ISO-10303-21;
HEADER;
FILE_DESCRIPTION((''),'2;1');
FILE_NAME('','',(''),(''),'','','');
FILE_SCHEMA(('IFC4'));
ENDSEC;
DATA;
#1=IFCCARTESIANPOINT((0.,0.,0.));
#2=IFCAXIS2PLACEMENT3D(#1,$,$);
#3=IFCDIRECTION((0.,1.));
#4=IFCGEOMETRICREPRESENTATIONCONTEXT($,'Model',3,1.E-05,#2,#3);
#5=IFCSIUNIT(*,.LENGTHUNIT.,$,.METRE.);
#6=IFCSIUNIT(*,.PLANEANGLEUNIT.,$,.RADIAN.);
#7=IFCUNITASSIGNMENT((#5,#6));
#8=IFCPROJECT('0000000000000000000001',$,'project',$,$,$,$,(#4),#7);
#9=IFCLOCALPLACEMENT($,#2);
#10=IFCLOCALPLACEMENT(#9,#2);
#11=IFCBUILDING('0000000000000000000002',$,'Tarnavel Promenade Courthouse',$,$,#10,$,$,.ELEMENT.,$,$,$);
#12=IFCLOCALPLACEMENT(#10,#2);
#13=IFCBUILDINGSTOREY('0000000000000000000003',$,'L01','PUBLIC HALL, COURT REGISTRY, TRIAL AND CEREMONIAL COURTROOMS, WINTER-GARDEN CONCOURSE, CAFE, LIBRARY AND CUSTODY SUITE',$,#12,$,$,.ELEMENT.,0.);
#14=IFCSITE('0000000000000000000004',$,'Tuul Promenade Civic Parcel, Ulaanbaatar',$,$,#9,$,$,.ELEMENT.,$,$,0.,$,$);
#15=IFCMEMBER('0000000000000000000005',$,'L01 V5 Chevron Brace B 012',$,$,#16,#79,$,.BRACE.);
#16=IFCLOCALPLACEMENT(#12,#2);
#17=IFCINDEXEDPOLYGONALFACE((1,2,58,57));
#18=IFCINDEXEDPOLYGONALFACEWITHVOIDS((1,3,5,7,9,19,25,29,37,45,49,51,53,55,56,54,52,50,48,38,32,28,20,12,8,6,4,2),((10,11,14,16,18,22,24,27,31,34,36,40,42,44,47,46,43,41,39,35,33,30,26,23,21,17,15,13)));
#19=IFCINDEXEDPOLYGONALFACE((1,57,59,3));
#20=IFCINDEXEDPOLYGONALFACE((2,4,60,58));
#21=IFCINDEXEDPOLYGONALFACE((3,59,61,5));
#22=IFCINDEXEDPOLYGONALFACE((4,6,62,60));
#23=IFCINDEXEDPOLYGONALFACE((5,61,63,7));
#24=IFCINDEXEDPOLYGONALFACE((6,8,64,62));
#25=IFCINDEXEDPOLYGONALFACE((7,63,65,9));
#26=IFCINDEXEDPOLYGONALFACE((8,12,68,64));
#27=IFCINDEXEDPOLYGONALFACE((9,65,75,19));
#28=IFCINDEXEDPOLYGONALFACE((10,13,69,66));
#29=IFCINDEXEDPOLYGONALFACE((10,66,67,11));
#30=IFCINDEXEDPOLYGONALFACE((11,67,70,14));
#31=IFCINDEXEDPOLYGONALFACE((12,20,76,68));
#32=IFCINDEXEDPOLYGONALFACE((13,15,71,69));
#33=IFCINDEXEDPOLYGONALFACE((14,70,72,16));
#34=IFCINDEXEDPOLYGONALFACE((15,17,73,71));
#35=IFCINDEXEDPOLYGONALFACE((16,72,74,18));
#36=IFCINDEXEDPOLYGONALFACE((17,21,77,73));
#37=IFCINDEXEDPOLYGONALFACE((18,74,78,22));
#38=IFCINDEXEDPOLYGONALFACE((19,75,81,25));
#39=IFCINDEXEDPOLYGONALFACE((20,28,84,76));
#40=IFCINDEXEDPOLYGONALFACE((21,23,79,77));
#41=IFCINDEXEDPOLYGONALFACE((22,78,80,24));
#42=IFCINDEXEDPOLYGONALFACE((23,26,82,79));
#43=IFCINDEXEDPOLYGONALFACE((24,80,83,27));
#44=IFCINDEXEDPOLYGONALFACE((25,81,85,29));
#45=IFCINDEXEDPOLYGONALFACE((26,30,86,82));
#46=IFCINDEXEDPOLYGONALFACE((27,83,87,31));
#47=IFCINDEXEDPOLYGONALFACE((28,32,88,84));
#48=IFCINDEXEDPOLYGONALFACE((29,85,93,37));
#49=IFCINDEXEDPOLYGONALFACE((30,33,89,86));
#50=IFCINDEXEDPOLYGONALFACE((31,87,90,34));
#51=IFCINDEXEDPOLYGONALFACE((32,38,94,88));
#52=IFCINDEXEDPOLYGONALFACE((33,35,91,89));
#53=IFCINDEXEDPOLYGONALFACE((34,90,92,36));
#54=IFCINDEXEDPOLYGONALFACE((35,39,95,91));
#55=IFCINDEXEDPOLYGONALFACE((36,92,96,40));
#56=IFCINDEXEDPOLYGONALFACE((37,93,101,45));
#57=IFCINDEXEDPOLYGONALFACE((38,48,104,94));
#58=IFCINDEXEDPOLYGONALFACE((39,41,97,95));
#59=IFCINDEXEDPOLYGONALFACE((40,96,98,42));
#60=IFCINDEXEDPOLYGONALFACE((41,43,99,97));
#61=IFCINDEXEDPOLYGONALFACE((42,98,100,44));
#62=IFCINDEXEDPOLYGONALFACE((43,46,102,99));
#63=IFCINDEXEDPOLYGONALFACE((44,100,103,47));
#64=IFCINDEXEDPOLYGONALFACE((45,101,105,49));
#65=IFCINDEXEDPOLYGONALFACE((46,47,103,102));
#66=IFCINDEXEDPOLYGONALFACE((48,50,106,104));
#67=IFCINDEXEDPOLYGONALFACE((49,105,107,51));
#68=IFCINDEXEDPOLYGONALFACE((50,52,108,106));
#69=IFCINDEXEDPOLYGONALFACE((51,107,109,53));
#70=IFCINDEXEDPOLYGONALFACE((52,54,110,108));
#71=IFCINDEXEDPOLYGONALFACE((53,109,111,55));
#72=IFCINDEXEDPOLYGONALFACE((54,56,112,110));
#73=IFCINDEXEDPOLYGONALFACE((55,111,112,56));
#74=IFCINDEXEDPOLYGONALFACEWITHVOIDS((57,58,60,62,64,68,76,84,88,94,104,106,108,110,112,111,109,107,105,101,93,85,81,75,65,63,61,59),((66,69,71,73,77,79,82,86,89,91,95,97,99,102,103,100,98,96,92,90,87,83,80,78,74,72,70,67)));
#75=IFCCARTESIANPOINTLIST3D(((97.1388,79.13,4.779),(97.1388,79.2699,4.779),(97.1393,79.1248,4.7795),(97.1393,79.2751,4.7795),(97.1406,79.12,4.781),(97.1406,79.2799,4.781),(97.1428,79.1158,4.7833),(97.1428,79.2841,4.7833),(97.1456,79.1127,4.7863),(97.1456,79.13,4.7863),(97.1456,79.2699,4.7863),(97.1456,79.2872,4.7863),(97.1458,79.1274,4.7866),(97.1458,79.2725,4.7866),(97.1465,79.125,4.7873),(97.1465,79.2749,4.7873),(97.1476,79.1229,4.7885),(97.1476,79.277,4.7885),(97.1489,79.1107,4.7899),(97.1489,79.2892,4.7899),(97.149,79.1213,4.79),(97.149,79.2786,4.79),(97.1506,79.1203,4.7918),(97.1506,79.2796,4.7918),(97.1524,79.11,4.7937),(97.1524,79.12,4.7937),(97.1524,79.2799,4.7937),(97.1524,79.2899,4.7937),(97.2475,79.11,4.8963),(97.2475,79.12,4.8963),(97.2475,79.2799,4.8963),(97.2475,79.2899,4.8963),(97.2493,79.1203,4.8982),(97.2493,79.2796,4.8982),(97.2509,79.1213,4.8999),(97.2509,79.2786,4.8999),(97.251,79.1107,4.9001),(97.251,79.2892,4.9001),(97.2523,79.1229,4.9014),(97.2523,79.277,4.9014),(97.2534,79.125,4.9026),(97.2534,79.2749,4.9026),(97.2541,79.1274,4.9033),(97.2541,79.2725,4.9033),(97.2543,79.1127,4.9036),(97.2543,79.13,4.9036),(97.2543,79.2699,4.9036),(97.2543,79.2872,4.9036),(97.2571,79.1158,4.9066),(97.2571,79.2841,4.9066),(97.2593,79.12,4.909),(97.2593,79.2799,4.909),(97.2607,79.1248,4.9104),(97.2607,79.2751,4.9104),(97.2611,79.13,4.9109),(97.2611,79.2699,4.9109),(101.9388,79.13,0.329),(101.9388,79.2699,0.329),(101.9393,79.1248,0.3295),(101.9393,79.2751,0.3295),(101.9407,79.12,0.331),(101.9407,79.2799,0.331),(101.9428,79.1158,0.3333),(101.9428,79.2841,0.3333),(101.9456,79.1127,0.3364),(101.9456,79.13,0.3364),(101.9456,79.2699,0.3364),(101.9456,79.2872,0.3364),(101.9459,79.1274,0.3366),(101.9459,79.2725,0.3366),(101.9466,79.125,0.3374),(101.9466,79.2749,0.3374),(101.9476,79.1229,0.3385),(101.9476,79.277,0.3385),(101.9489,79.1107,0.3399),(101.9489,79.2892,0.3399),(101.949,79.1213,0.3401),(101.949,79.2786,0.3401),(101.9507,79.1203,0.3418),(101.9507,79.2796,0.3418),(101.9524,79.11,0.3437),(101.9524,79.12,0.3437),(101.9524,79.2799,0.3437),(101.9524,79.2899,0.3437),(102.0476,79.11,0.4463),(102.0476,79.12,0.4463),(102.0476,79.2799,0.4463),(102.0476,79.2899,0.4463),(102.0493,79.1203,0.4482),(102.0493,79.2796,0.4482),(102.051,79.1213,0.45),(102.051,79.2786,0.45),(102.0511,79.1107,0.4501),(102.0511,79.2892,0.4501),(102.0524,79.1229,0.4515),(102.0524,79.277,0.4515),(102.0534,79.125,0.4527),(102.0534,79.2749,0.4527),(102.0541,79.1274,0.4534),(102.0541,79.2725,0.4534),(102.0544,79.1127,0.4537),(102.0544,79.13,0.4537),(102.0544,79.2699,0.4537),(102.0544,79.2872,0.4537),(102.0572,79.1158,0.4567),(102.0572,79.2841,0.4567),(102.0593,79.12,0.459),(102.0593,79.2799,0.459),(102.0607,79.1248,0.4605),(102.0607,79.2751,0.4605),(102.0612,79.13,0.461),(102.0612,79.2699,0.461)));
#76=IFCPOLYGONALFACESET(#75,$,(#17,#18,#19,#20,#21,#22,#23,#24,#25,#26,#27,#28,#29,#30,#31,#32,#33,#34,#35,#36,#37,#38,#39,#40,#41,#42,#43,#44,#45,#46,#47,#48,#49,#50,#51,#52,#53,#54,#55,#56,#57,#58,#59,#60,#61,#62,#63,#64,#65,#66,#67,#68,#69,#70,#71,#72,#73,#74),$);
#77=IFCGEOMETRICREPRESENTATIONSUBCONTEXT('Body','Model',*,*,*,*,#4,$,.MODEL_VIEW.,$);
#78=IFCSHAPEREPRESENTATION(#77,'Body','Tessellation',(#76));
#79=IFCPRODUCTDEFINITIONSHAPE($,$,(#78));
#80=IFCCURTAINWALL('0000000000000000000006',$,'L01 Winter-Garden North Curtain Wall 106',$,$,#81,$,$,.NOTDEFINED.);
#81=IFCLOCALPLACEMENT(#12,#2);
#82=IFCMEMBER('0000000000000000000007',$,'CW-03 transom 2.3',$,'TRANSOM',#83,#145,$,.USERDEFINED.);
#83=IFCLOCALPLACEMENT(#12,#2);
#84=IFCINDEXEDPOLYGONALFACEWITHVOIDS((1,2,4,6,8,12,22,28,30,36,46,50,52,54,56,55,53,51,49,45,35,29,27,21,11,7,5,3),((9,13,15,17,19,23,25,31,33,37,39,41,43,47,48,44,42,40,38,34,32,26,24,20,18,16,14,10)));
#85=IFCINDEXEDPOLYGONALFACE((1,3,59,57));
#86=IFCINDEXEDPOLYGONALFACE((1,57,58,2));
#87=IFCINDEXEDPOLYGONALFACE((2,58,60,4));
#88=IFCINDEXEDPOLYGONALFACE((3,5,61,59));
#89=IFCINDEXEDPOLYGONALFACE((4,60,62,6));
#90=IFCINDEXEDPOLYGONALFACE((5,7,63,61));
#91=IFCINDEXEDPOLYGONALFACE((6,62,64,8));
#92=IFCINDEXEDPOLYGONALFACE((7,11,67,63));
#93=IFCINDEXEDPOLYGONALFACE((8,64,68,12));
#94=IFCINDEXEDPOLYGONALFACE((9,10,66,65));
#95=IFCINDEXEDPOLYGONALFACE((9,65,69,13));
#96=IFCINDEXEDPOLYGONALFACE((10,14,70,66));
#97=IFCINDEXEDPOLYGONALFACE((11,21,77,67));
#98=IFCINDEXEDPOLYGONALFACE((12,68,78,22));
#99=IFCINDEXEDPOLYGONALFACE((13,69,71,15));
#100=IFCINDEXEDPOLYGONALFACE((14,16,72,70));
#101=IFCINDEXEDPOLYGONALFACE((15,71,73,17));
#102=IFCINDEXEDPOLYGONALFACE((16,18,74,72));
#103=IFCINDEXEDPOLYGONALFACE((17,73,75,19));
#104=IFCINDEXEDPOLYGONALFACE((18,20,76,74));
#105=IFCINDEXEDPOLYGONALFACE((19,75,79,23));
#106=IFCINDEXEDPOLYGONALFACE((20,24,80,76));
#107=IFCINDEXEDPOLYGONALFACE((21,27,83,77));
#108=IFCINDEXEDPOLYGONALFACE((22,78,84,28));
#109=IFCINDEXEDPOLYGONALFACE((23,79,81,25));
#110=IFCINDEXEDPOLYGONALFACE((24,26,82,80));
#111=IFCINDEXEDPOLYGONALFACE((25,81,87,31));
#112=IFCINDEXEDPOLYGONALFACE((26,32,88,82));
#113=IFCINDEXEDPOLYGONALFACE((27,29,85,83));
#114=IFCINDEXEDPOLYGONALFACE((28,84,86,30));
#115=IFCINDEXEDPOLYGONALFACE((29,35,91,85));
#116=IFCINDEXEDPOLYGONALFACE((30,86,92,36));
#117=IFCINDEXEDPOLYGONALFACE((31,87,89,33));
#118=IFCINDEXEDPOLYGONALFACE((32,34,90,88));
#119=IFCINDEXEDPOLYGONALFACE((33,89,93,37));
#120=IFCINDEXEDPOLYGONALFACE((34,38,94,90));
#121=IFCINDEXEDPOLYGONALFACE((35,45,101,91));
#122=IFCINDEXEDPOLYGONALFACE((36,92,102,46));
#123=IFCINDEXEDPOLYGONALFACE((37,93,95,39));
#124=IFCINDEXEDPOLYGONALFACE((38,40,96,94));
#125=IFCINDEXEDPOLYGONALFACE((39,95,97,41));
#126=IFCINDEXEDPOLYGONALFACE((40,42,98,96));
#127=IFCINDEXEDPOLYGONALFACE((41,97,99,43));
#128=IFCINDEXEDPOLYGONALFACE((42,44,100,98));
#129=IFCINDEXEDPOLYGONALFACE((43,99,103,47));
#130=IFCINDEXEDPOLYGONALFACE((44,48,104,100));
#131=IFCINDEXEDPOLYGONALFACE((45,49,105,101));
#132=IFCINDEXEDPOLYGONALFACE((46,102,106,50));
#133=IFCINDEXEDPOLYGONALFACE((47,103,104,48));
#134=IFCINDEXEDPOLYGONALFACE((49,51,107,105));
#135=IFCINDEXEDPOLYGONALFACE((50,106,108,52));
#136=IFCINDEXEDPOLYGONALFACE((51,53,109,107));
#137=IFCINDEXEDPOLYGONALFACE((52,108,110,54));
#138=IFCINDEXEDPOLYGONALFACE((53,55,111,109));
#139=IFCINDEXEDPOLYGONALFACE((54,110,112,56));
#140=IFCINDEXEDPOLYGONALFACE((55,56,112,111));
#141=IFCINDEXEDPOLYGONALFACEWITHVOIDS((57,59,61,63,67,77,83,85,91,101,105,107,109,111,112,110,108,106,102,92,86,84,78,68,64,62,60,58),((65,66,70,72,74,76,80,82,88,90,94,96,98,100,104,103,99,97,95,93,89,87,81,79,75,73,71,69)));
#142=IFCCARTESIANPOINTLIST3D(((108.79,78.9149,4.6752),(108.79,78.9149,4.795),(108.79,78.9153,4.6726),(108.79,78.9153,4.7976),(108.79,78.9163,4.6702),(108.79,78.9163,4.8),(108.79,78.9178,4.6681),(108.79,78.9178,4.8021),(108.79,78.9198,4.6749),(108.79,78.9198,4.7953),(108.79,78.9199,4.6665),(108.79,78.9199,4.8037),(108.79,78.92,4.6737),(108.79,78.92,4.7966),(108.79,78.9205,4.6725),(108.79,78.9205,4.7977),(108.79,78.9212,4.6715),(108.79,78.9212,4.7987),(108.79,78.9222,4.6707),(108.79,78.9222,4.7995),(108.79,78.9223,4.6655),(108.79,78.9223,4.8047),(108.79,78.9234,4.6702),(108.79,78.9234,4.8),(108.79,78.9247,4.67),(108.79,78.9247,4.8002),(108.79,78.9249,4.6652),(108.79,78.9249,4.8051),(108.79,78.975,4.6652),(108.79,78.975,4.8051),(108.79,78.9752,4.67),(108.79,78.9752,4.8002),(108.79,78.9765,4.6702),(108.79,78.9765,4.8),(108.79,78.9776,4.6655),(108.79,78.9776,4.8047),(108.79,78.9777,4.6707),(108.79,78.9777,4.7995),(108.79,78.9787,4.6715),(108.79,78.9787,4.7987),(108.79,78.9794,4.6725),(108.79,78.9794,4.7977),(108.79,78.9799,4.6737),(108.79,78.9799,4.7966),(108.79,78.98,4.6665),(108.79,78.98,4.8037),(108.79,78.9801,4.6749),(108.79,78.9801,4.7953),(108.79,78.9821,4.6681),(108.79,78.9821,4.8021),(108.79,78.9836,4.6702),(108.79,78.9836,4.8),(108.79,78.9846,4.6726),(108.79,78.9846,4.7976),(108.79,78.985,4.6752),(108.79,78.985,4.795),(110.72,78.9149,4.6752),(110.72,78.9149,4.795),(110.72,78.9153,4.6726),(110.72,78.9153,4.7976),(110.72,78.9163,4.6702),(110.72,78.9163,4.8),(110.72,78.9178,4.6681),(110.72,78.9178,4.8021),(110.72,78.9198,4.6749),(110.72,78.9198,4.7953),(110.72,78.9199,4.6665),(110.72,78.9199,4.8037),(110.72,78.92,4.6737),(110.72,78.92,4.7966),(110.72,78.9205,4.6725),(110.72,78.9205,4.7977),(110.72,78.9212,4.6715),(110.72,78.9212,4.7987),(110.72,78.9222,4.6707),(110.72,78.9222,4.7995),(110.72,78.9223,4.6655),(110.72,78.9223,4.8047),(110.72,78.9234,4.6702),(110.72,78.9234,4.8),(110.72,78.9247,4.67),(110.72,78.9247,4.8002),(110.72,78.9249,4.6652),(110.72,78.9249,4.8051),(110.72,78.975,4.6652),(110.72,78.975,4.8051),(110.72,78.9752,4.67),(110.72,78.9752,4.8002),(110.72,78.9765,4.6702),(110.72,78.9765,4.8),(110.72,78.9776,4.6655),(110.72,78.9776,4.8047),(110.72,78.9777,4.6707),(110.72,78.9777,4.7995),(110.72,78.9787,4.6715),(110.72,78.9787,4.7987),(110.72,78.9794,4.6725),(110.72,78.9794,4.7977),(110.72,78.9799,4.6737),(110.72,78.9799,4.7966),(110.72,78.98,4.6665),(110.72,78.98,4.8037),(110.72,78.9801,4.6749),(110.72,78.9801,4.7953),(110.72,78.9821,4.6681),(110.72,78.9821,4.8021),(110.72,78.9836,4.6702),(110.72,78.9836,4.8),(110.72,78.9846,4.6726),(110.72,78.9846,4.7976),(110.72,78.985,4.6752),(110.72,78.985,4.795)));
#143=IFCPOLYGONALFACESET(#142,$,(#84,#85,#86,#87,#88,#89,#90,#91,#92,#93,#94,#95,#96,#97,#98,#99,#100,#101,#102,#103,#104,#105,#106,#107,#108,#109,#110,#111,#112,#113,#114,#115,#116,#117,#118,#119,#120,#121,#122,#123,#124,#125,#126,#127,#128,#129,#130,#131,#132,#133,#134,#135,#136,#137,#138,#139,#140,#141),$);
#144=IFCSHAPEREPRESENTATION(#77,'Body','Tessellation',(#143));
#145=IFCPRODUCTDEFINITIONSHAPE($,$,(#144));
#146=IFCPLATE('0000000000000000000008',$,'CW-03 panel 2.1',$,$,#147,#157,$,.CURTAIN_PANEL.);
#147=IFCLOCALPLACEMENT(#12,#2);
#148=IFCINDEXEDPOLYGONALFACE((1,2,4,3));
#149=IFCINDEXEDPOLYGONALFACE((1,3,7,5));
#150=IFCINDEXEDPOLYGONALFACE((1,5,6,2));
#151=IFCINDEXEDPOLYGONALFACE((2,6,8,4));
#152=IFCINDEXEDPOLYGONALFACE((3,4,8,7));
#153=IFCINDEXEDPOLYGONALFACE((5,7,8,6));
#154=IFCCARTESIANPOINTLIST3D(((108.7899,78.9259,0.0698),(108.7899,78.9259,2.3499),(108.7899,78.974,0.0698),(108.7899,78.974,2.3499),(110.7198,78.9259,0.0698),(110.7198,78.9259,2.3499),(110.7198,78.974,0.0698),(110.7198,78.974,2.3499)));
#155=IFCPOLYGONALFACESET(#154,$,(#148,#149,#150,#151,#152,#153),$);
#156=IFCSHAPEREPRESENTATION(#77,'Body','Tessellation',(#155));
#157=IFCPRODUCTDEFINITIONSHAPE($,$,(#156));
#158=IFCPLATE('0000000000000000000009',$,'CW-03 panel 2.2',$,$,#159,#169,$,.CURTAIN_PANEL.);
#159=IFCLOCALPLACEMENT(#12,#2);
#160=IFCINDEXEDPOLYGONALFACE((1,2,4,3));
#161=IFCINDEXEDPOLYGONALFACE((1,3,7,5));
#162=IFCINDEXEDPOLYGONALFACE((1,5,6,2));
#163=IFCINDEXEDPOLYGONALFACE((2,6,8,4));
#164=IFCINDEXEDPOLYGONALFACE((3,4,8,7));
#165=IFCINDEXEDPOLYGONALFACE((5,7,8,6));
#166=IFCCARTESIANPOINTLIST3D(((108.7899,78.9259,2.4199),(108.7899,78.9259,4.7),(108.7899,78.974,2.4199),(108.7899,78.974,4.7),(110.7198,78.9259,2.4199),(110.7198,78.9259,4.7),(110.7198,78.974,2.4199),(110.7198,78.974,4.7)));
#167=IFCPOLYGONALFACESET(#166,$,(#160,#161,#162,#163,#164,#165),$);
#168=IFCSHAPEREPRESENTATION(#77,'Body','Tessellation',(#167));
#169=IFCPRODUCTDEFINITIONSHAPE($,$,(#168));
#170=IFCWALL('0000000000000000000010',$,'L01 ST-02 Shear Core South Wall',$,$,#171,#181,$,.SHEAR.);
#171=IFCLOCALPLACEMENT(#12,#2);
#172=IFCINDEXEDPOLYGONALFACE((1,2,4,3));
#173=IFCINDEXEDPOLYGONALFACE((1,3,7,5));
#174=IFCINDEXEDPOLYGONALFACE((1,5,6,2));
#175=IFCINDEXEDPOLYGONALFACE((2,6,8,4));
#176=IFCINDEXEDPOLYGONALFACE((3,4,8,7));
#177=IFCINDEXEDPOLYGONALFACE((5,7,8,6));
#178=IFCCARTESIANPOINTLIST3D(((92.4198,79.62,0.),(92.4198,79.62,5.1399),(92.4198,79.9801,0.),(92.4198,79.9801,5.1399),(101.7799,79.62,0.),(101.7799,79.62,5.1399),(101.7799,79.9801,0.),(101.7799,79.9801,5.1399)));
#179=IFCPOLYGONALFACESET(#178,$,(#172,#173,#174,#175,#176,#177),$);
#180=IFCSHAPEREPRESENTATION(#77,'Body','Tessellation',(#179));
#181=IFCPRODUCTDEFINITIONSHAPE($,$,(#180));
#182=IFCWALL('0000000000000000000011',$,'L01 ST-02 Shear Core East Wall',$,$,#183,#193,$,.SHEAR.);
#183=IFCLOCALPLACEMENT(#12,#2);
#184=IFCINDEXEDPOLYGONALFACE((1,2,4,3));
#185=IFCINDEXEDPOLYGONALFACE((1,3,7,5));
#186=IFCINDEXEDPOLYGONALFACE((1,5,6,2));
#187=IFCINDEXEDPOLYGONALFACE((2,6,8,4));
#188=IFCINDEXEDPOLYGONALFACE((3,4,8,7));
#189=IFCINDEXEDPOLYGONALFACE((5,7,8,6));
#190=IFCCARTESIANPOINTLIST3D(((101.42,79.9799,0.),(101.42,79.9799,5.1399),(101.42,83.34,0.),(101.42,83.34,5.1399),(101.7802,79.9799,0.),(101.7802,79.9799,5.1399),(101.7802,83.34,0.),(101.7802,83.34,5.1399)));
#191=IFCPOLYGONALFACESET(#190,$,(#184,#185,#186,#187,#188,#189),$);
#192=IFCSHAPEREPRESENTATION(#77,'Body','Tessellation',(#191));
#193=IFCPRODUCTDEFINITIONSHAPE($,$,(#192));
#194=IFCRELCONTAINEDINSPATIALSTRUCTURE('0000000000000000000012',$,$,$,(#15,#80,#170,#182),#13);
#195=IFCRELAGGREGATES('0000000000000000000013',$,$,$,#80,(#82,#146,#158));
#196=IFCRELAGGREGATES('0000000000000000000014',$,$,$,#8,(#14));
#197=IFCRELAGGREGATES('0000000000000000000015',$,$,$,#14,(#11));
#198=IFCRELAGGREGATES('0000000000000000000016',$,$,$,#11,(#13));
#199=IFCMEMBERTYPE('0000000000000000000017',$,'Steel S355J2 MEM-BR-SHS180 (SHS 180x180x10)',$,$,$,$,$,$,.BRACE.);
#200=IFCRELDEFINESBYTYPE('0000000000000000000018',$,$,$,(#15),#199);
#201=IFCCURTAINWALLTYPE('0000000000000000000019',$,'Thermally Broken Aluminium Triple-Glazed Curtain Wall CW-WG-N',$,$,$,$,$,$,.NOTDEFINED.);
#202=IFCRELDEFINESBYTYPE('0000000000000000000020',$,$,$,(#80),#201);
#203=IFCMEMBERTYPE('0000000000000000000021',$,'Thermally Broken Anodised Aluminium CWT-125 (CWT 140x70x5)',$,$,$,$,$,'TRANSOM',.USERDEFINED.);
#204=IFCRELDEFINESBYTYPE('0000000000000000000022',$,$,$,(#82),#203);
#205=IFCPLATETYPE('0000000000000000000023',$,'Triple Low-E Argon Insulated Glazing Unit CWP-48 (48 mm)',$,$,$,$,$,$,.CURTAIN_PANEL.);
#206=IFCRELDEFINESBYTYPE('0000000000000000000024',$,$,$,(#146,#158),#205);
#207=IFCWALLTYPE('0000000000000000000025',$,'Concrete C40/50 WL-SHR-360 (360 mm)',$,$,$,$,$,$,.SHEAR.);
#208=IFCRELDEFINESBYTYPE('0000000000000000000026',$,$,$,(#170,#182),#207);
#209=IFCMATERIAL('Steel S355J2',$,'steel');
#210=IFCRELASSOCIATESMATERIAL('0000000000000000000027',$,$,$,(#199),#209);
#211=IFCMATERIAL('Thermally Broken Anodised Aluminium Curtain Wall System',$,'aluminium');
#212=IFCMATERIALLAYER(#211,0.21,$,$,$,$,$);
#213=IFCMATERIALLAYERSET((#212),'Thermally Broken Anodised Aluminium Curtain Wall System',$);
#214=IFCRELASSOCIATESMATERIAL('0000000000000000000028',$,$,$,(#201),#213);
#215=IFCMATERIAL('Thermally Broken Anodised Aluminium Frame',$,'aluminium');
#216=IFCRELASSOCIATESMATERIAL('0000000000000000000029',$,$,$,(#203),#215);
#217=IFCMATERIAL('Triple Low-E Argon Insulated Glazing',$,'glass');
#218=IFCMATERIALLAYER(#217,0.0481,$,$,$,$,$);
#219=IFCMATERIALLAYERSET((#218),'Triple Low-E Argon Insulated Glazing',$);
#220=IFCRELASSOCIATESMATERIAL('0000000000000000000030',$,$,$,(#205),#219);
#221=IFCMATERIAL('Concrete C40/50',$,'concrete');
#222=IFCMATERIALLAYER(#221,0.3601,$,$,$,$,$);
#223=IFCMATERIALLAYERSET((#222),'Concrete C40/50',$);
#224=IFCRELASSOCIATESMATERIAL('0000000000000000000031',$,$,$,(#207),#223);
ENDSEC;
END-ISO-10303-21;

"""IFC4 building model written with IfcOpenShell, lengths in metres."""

from ifc_helpers import new_model, si_unit, direction, frame, frame_2d, origin, origin_2d, place, context, subcontext, project, spatial, rectangle, hollow_rectangle, extrude, material, layer, layer_set, material_profile, profile_set, type_object, element, aggregate, save


model = new_model("IFC4")

# Units and contexts
model_context = context("Model", 3, precision=1e-05, world=origin(), true_north=direction((0.0, 1.0)))
body_context = subcontext(model_context, "Body", "Model", "MODEL_VIEW")
ifc_project = project(units=[si_unit("LENGTHUNIT", "METRE"), si_unit("PLANEANGLEUNIT", "RADIAN")], contexts=[model_context])

# Site, building, storey
site_placement = place(None, origin())
site = spatial("IfcSite", under=ifc_project, at=site_placement, Name="Tuul Promenade Civic Parcel, Ulaanbaatar", CompositionType="ELEMENT", RefElevation=0.0)
building_placement = place(site_placement, origin())
building = spatial("IfcBuilding", under=site, at=building_placement, Name="Tarnavel Promenade Courthouse", CompositionType="ELEMENT")
storey_placement = place(building_placement, origin())
storey = spatial("IfcBuildingStorey", under=building, at=storey_placement, Name="L01", Description="PUBLIC HALL, COURT REGISTRY, TRIAL AND CEREMONIAL COURTROOMS, WINTER-GARDEN CONCOURSE, CAFE, LIBRARY AND CUSTODY SUITE", CompositionType="ELEMENT", Elevation=0.0)

# Shared definitions
ifc_material_1 = material(Name="Concrete C40/50", Category="concrete")

# Shared definitions
ifc_material_2 = material(Name="Steel S355J2", Category="steel")

# Member
ifc_material_profile_1 = material_profile(ifc_material_2, hollow_rectangle(XDim=0.1799, YDim=0.1799, WallThickness=0.01, InnerFilletRadius=0.01, OuterFilletRadius=0.02, at=origin_2d()), Name="SHS 180x180x10")
ifc_profile_set_1 = profile_set([ifc_material_profile_1], Name="Steel S355J2")
member_type_1 = type_object("IfcMemberType", Name="Steel S355J2 MEM-BR-SHS180 (SHS 180x180x10)", PredefinedType="BRACE", material=ifc_profile_set_1)
member_1_placement = place(storey_placement, frame((102.0, 79.2, 0.395), z_axis=(-0.733345, 0.0, 0.679857), x_axis=(0.0, -1.0, 0.0)))
element("IfcMember", 1, at=member_1_placement, inside=storey, type_object=member_type_1, Name="L01 V5 Chevron Brace B 012", PredefinedType="BRACE", context=body_context, shape_type="SweptSolid", body=[
    extrude(hollow_rectangle(XDim=0.1799, YDim=0.1799, WallThickness=0.01, InnerFilletRadius=0.01, OuterFilletRadius=0.02, at=origin_2d()), origin(), (0.0, 0.0, 1.0), 6.5454),
])

# Curtain wall, member, plates
ifc_material_3 = material(Name="Thermally Broken Anodised Aluminium Curtain Wall System", Category="aluminium")
ifc_layer_1 = layer(ifc_material_3, 0.21)
ifc_layer_set_1 = layer_set([ifc_layer_1], Name="Thermally Broken Anodised Aluminium Curtain Wall System")
curtain_wall_type = type_object("IfcCurtainWallType", Name="Thermally Broken Aluminium Triple-Glazed Curtain Wall CW-WG-N", PredefinedType="NOTDEFINED", material=ifc_layer_set_1)
curtain_wall_placement = place(storey_placement, origin())
curtain_wall = element("IfcCurtainWall", 2, at=curtain_wall_placement, inside=storey, type_object=curtain_wall_type, Name="L01 Winter-Garden North Curtain Wall 106", PredefinedType="NOTDEFINED")
ifc_material_4 = material(Name="Thermally Broken Anodised Aluminium Frame", Category="aluminium")
ifc_material_profile_2 = material_profile(ifc_material_4, hollow_rectangle(XDim=0.0701, YDim=0.1399, WallThickness=0.0049, InnerFilletRadius=0.0049, OuterFilletRadius=0.01, at=origin_2d()), Name="CWT 140x70x5")
ifc_profile_set_2 = profile_set([ifc_material_profile_2], Name="Thermally Broken Anodised Aluminium Frame")
member_type_2 = type_object("IfcMemberType", Name="Thermally Broken Anodised Aluminium CWT-125 (CWT 140x70x5)", ElementType="TRANSOM", PredefinedType="USERDEFINED", material=ifc_profile_set_2)
member_2_placement = place(storey_placement, frame((108.79, 78.95, 4.7351), z_axis=(1.0, 0.0, 0.0), x_axis=(0.0, 1.0, 0.0)))
member_2 = element("IfcMember", 3, at=member_2_placement, type_object=member_type_2, Name="CW-03 transom 2.3", ObjectType="TRANSOM", PredefinedType="USERDEFINED", context=body_context, shape_type="SweptSolid", body=[
    extrude(hollow_rectangle(XDim=0.0701, YDim=0.1399, WallThickness=0.0049, InnerFilletRadius=0.0049, OuterFilletRadius=0.01, at=origin_2d()), origin(), (0.0, 0.0, 1.0), 1.9299),
])
ifc_material_5 = material(Name="Triple Low-E Argon Insulated Glazing", Category="glass")
ifc_layer_2 = layer(ifc_material_5, 0.0481)
ifc_layer_set_2 = layer_set([ifc_layer_2], Name="Triple Low-E Argon Insulated Glazing")
plate_type = type_object("IfcPlateType", Name="Triple Low-E Argon Insulated Glazing Unit CWP-48 (48 mm)", PredefinedType="CURTAIN_PANEL", material=ifc_layer_set_2)
plate_1_placement = place(storey_placement, frame((109.7549, 78.95, 0.0698), z_axis=(0.0, 0.0, 1.0), x_axis=(1.0, 0.0, 0.0)))
plate_1 = element("IfcPlate", 4, at=plate_1_placement, type_object=plate_type, Name="CW-03 panel 2.1", PredefinedType="CURTAIN_PANEL", context=body_context, shape_type="SweptSolid", body=[
    extrude(rectangle(XDim=1.9299, YDim=0.0481, at=origin_2d()), origin(), (0.0, 0.0, 1.0), 2.28),
])
plate_2_placement = place(storey_placement, frame((109.7549, 78.95, 2.4199), z_axis=(0.0, 0.0, 1.0), x_axis=(1.0, 0.0, 0.0)))
plate_2 = element("IfcPlate", 5, at=plate_2_placement, type_object=plate_type, Name="CW-03 panel 2.2", PredefinedType="CURTAIN_PANEL", context=body_context, shape_type="SweptSolid", body=[
    extrude(rectangle(XDim=1.9299, YDim=0.0481, at=origin_2d()), origin(), (0.0, 0.0, 1.0), 2.28),
])
aggregate(curtain_wall, [member_2, plate_1, plate_2])

# Walls
ifc_layer_3 = layer(ifc_material_1, 0.3601)
ifc_layer_set_3 = layer_set([ifc_layer_3], Name="Concrete C40/50")
wall_type_1 = type_object("IfcWallType", Name="Concrete C40/50 WL-SHR-360 (360 mm)", PredefinedType="SHEAR", material=ifc_layer_set_3)
wall_1_placement = place(storey_placement, frame((101.78, 79.8, 0.0), z_axis=(0.0, 0.0, 1.0), x_axis=(-1.0, 0.0, 0.0)))
element("IfcWall", 6, at=wall_1_placement, inside=storey, type_object=wall_type_1, Name="L01 ST-02 Shear Core South Wall", PredefinedType="SHEAR", context=body_context, shape_type="SweptSolid", body=[
    extrude(rectangle(XDim=9.3601, YDim=0.3601, at=frame_2d((4.6802, 0.0))), origin(), (0.0, 0.0, 1.0), 5.1399),
])
wall_2_placement = place(storey_placement, frame((101.6001, 83.3401, 0.0), z_axis=(0.0, 0.0, 1.0), x_axis=(0.0, -1.0, 0.0)))
element("IfcWall", 7, at=wall_2_placement, inside=storey, type_object=wall_type_1, Name="L01 ST-02 Shear Core East Wall", PredefinedType="SHEAR", context=body_context, shape_type="SweptSolid", body=[
    extrude(rectangle(XDim=3.3601, YDim=0.3601, at=frame_2d((1.6802, 0.0))), origin(), (0.0, 0.0, 1.0), 5.1399),
])

save(model, "model.ifc")
